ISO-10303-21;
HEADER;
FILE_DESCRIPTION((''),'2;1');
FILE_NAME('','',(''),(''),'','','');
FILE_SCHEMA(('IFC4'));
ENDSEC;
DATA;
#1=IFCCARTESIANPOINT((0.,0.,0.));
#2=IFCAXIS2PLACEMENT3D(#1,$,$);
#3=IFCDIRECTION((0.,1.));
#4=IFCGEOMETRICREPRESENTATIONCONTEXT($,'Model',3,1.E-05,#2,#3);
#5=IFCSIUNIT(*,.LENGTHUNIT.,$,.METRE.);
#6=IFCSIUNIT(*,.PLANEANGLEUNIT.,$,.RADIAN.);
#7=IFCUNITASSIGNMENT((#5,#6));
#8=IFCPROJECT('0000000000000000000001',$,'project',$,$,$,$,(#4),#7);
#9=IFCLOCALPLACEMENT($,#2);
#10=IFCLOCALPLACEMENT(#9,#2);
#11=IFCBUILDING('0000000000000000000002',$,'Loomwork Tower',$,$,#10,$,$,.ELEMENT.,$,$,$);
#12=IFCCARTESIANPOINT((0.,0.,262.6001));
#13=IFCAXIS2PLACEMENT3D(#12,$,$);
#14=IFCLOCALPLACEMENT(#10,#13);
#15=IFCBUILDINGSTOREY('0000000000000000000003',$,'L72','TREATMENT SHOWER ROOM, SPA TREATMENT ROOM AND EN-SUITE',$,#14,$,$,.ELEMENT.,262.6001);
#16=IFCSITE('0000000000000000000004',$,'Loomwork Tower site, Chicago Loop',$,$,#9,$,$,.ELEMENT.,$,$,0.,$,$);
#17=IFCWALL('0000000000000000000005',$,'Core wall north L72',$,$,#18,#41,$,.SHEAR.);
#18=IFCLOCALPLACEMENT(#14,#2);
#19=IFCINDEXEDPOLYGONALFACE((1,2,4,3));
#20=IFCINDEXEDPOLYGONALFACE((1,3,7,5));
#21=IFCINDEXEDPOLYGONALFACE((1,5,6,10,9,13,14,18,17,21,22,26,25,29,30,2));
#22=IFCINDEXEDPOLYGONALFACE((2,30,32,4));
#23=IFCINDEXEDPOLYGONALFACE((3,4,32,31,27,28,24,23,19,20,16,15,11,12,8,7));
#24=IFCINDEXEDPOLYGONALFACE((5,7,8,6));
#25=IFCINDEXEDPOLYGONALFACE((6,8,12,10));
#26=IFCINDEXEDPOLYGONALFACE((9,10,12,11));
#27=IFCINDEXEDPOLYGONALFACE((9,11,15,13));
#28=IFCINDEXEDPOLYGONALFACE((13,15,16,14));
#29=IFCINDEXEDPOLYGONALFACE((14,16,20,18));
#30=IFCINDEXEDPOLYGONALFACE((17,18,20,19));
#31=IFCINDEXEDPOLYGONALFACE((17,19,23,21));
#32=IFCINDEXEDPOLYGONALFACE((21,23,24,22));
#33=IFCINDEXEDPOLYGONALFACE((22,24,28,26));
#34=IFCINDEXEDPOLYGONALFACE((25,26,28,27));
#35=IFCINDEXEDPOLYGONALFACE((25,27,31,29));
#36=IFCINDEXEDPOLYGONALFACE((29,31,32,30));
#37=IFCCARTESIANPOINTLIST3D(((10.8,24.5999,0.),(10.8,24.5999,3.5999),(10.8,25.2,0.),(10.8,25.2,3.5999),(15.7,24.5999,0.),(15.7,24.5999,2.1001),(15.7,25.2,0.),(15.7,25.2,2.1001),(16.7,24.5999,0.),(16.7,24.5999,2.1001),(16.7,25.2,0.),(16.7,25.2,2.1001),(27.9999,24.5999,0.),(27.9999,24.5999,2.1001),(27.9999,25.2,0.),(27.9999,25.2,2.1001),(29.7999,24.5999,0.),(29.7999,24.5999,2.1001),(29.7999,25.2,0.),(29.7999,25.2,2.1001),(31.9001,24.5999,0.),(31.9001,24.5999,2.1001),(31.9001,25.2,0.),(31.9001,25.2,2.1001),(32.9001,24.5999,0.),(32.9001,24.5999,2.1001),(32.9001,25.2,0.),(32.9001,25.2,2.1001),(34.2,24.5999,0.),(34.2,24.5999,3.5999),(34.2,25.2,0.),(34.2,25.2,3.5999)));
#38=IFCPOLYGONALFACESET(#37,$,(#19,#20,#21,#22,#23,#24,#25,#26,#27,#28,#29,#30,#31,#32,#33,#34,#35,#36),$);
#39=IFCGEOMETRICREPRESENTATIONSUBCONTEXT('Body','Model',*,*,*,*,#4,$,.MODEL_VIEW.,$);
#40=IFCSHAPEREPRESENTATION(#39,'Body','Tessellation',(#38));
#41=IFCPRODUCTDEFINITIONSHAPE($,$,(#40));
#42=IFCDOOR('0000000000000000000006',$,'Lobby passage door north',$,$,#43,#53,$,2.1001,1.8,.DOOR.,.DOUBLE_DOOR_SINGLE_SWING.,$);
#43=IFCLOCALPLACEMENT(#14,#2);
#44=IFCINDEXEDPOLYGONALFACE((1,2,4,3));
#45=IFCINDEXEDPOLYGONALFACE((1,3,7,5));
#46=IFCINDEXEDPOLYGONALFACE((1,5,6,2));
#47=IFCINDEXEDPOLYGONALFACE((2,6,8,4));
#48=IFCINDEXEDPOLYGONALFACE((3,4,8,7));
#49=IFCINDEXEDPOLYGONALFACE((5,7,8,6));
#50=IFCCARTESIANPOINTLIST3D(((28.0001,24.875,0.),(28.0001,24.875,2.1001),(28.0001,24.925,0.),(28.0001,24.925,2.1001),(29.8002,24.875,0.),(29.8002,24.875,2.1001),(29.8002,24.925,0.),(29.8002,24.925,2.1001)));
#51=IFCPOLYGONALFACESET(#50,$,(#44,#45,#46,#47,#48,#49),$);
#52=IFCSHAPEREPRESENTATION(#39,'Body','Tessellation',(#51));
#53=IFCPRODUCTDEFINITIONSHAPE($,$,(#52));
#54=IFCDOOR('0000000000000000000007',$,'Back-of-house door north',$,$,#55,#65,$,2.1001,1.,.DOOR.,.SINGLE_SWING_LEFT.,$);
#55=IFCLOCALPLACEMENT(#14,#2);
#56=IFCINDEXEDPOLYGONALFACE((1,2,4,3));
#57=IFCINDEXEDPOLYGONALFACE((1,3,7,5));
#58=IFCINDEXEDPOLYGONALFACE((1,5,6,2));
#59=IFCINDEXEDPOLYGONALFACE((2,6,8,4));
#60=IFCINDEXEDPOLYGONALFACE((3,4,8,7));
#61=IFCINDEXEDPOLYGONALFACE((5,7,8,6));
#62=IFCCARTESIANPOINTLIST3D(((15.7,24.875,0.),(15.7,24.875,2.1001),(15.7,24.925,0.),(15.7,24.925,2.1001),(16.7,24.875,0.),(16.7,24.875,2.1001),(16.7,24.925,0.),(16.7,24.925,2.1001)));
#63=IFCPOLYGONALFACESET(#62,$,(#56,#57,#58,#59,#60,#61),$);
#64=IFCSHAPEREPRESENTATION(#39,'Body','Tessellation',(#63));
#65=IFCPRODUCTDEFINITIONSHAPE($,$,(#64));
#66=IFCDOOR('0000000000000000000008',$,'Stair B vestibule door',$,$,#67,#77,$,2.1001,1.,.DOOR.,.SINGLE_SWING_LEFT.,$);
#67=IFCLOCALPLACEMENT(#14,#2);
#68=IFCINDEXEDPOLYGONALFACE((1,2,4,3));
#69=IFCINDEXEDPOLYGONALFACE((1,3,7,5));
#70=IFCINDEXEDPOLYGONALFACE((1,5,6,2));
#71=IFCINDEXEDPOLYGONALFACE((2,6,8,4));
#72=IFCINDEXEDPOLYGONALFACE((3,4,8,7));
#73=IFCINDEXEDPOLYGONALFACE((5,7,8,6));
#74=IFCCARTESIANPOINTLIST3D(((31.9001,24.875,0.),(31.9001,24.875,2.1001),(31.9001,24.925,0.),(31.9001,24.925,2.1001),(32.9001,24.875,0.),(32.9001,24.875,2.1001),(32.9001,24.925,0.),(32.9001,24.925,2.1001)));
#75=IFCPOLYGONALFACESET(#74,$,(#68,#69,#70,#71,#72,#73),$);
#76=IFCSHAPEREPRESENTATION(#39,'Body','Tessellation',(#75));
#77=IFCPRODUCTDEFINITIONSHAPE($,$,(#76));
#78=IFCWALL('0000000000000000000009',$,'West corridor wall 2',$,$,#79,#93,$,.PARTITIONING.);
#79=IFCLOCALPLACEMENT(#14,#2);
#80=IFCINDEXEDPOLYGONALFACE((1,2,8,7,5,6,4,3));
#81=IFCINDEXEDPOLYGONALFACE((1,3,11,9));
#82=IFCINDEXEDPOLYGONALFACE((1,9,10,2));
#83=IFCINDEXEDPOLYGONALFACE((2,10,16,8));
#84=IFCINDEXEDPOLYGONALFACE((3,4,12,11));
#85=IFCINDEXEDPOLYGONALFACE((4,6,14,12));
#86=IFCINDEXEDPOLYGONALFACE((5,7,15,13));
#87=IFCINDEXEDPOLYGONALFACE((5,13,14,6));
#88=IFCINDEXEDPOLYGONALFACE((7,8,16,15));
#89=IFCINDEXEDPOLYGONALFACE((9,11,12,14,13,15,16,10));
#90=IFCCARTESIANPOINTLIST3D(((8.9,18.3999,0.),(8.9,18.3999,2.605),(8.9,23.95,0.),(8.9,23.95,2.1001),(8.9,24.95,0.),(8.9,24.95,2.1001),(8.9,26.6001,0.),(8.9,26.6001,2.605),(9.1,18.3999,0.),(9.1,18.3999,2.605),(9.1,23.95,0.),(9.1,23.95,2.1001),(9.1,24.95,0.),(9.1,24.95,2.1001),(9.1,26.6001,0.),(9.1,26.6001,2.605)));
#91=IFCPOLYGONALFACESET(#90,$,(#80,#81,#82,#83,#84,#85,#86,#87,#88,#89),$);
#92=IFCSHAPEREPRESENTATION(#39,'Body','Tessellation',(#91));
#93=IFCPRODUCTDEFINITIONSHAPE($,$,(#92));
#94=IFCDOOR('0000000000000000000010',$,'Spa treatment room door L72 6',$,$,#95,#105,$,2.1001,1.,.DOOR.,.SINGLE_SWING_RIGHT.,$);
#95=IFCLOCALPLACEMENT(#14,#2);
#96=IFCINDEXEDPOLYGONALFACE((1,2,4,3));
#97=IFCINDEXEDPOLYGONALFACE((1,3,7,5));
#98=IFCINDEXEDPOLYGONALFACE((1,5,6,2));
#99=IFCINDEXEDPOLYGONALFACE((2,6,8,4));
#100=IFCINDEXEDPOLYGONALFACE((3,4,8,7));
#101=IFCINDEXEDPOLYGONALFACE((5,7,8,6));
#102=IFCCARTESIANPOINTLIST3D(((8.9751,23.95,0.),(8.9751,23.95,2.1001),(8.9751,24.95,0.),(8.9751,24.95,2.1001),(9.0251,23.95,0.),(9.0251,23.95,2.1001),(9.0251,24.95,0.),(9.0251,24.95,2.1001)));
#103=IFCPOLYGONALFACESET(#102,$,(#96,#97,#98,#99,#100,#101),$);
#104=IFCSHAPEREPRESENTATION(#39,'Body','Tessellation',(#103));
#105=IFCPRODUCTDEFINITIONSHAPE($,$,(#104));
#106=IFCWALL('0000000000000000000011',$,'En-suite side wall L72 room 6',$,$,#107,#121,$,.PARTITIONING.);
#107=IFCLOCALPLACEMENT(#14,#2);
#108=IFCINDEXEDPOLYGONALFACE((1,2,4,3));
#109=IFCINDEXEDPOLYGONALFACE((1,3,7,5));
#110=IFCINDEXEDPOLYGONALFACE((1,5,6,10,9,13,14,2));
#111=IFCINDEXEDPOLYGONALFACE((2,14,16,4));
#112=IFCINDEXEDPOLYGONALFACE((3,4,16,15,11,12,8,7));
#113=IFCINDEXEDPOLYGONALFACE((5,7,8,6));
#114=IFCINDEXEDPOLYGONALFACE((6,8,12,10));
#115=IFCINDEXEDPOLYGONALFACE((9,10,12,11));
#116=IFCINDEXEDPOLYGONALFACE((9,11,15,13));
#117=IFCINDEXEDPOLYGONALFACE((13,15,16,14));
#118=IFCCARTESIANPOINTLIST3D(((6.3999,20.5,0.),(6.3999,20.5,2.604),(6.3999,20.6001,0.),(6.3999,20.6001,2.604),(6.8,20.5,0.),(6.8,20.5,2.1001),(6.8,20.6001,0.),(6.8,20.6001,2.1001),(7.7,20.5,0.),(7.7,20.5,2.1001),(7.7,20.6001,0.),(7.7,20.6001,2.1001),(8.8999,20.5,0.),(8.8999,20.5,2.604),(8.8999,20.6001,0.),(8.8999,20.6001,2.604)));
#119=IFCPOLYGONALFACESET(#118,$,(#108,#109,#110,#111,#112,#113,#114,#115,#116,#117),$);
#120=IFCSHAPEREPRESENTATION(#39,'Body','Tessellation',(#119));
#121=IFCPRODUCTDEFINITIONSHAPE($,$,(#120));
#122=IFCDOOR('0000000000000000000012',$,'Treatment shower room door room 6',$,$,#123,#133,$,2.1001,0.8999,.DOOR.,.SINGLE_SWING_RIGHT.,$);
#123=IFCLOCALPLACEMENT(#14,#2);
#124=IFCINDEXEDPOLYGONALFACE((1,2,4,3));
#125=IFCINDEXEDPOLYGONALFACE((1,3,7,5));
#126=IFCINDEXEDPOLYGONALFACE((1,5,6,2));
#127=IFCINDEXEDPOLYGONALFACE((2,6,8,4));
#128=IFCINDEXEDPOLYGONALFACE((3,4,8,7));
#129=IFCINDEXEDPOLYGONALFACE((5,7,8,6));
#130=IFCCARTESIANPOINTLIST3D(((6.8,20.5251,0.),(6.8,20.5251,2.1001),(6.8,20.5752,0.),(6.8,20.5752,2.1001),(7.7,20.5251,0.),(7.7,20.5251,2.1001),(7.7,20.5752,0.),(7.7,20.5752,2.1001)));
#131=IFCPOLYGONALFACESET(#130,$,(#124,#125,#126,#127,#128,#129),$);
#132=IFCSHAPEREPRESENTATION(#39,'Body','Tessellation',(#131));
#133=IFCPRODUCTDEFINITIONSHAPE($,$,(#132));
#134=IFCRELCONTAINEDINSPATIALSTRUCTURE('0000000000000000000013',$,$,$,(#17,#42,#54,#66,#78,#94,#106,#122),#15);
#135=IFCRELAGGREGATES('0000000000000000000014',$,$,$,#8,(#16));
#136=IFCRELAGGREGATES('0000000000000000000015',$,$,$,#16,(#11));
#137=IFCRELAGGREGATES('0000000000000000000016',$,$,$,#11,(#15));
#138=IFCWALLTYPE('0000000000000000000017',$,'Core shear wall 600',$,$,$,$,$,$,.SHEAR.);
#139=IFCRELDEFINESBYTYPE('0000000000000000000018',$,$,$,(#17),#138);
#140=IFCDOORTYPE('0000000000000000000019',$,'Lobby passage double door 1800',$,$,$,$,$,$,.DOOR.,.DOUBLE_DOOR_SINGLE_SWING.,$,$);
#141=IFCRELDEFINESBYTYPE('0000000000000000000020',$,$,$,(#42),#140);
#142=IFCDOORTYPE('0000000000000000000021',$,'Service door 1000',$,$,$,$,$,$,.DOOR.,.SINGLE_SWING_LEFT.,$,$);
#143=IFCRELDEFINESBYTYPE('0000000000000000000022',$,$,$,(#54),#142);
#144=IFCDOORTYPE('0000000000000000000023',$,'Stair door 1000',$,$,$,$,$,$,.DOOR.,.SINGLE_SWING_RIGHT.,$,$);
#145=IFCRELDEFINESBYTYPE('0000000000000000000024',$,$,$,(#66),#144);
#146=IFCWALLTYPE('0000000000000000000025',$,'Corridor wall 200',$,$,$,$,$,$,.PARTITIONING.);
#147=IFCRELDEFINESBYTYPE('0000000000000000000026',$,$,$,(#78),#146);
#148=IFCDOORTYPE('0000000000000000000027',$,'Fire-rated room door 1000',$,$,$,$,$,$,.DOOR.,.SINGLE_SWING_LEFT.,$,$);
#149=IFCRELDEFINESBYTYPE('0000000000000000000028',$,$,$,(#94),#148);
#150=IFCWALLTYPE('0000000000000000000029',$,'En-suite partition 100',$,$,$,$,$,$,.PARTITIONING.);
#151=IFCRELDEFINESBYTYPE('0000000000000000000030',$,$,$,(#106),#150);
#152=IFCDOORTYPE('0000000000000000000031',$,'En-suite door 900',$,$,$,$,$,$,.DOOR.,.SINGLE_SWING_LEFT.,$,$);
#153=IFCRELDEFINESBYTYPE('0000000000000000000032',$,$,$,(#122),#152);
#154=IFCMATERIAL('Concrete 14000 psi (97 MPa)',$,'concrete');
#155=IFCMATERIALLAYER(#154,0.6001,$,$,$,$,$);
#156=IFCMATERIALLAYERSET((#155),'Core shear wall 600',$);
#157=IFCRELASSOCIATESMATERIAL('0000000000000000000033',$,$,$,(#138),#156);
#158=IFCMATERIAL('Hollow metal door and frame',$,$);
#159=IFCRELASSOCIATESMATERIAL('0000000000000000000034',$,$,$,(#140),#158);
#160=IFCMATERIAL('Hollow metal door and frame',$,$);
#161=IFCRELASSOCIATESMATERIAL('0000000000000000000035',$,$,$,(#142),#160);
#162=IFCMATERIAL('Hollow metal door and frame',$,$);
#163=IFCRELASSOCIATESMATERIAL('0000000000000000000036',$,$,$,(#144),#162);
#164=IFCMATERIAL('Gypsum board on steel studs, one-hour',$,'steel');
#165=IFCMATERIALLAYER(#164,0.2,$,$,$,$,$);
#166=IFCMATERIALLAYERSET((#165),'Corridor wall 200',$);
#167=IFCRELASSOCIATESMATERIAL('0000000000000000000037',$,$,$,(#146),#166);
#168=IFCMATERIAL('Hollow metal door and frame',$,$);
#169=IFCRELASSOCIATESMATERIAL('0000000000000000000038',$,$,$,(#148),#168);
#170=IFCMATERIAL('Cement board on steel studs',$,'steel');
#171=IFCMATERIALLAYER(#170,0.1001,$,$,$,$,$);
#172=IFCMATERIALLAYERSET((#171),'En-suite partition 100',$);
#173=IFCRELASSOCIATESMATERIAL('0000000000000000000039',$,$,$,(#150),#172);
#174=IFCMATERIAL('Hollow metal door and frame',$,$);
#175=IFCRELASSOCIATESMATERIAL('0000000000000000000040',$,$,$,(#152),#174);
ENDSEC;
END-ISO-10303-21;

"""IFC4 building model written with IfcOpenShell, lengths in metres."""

from ifc_helpers import new_model, si_unit, direction, frame, frame_2d, origin, place, context, subcontext, project, spatial, rectangle, extrude, material, layer, layer_set, type_object, element, fill, save


model = new_model("IFC4")

# Units and contexts
model_context = context("Model", 3, precision=1e-05, world=origin(), true_north=direction((0.0, 1.0)))
body_context = subcontext(model_context, "Body", "Model", "MODEL_VIEW")
ifc_project = project(units=[si_unit("LENGTHUNIT", "METRE"), si_unit("PLANEANGLEUNIT", "RADIAN")], contexts=[model_context])

# Site, building, storey
site_placement = place(None, origin())
site = spatial("IfcSite", under=ifc_project, at=site_placement, Name="Loomwork Tower site, Chicago Loop", CompositionType="ELEMENT", RefElevation=0.0)
building_placement = place(site_placement, origin())
building = spatial("IfcBuilding", under=site, at=building_placement, Name="Loomwork Tower", CompositionType="ELEMENT")
storey_placement = place(building_placement, frame((0.0, 0.0, 262.6001)))
storey = spatial("IfcBuildingStorey", under=building, at=storey_placement, Name="L72", Description="TREATMENT SHOWER ROOM, SPA TREATMENT ROOM AND EN-SUITE", CompositionType="ELEMENT", Elevation=262.6001)

# Wall, openings, doors
ifc_material_1 = material(Name="Concrete 14000 psi (97 MPa)", Category="concrete")
ifc_layer_1 = layer(ifc_material_1, 0.6001)
ifc_layer_set_1 = layer_set([ifc_layer_1], Name="Core shear wall 600")
wall_type_1 = type_object("IfcWallType", Name="Core shear wall 600", PredefinedType="SHEAR", material=ifc_layer_set_1)
wall_1_placement = place(storey_placement, frame((10.8, 24.8999, 0.0), z_axis=(0.0, 0.0, 1.0), x_axis=(1.0, 0.0, 0.0)))
wall_1 = element("IfcWall", 1, at=wall_1_placement, inside=storey, type_object=wall_type_1, Name="Core wall north L72", PredefinedType="SHEAR", context=body_context, shape_type="SweptSolid", body=[
    extrude(rectangle(XDim=23.3999, YDim=0.6001, at=frame_2d((11.7, 0.0))), origin(), (0.0, 0.0, 1.0), 3.5999),
])
opening_1_placement = place(wall_1_placement, frame((17.2, 0.0, 0.0)))
opening_1 = element("IfcOpeningElement", 2, at=opening_1_placement, cuts=wall_1, PredefinedType="OPENING", context=body_context, shape_type="SweptSolid", body=[
    extrude(rectangle(XDim=1.8, YDim=2.1001, at=frame_2d((0.8999, 1.05))), frame((0.0, 0.3101, 0.0), z_axis=(0.0, -1.0, 0.0), x_axis=(1.0, 0.0, 0.0)), (0.0, 0.0, 1.0), 0.6201),
])
opening_2_placement = place(wall_1_placement, frame((21.1001, 0.0, 0.0)))
opening_2 = element("IfcOpeningElement", 3, at=opening_2_placement, cuts=wall_1, PredefinedType="OPENING", context=body_context, shape_type="SweptSolid", body=[
    extrude(rectangle(XDim=1.0, YDim=2.1001, at=frame_2d((0.5, 1.05))), frame((0.0, 0.3101, 0.0), z_axis=(0.0, -1.0, 0.0), x_axis=(1.0, 0.0, 0.0)), (0.0, 0.0, 1.0), 0.6201),
])
opening_3_placement = place(wall_1_placement, frame((4.8999, 0.0, 0.0)))
opening_3 = element("IfcOpeningElement", 4, at=opening_3_placement, cuts=wall_1, PredefinedType="OPENING", context=body_context, shape_type="SweptSolid", body=[
    extrude(rectangle(XDim=1.0, YDim=2.1001, at=frame_2d((0.5, 1.05))), frame((0.0, 0.3101, 0.0), z_axis=(0.0, -1.0, 0.0), x_axis=(1.0, 0.0, 0.0)), (0.0, 0.0, 1.0), 0.6201),
])
ifc_material_2 = material(Name="Hollow metal door and frame")
door_type_1 = type_object("IfcDoorType", Name="Lobby passage double door 1800", OperationType="DOUBLE_DOOR_SINGLE_SWING", PredefinedType="DOOR", material=ifc_material_2)
door_1_placement = place(opening_1_placement, frame((1.8, 0.0, 0.0), z_axis=(0.0, 0.0, 1.0), x_axis=(-1.0, 0.0, 0.0)))
door_1 = element("IfcDoor", 5, at=door_1_placement, inside=storey, type_object=door_type_1, Name="Lobby passage door north", OperationType="DOUBLE_DOOR_SINGLE_SWING", OverallHeight=2.1001, OverallWidth=1.8, PredefinedType="DOOR", context=body_context, shape_type="SweptSolid", body=[
    extrude(rectangle(XDim=1.8, YDim=2.1001, at=frame_2d((0.8999, 1.05))), frame((0.0, 0.0249, 0.0), z_axis=(0.0, -1.0, 0.0), x_axis=(1.0, 0.0, 0.0)), (0.0, 0.0, 1.0), 0.05),
])
fill(opening_1, door_1)
ifc_material_3 = material(Name="Hollow metal door and frame")
door_type_2 = type_object("IfcDoorType", Name="Service door 1000", OperationType="SINGLE_SWING_LEFT", PredefinedType="DOOR", material=ifc_material_3)
door_2_placement = place(opening_3_placement, frame((1.0, 0.0, 0.0), z_axis=(0.0, 0.0, 1.0), x_axis=(-1.0, 0.0, 0.0)))
door_2 = element("IfcDoor", 6, at=door_2_placement, inside=storey, type_object=door_type_2, Name="Back-of-house door north", OperationType="SINGLE_SWING_LEFT", OverallHeight=2.1001, OverallWidth=1.0, PredefinedType="DOOR", context=body_context, shape_type="SweptSolid", body=[
    extrude(rectangle(XDim=1.0, YDim=2.1001, at=frame_2d((0.5, 1.05))), frame((0.0, 0.0249, 0.0), z_axis=(0.0, -1.0, 0.0), x_axis=(1.0, 0.0, 0.0)), (0.0, 0.0, 1.0), 0.05),
])
fill(opening_3, door_2)
ifc_material_4 = material(Name="Hollow metal door and frame")
door_type_3 = type_object("IfcDoorType", Name="Stair door 1000", OperationType="SINGLE_SWING_RIGHT", PredefinedType="DOOR", material=ifc_material_4)
door_3_placement = place(opening_2_placement, frame((1.0, 0.0, 0.0), z_axis=(0.0, 0.0, 1.0), x_axis=(-1.0, 0.0, 0.0)))
door_3 = element("IfcDoor", 7, at=door_3_placement, inside=storey, type_object=door_type_3, Name="Stair B vestibule door", OperationType="SINGLE_SWING_LEFT", OverallHeight=2.1001, OverallWidth=1.0, PredefinedType="DOOR", context=body_context, shape_type="SweptSolid", body=[
    extrude(rectangle(XDim=1.0, YDim=2.1001, at=frame_2d((0.5, 1.05))), frame((0.0, 0.0249, 0.0), z_axis=(0.0, -1.0, 0.0), x_axis=(1.0, 0.0, 0.0)), (0.0, 0.0, 1.0), 0.05),
])
fill(opening_2, door_3)

# Walls, openings, doors
ifc_material_5 = material(Name="Gypsum board on steel studs, one-hour", Category="steel")
ifc_layer_2 = layer(ifc_material_5, 0.2)
ifc_layer_set_2 = layer_set([ifc_layer_2], Name="Corridor wall 200")
wall_type_2 = type_object("IfcWallType", Name="Corridor wall 200", PredefinedType="PARTITIONING", material=ifc_layer_set_2)
wall_2_placement = place(storey_placement, frame((9.0, 18.3999, 0.0), z_axis=(0.0, 0.0, 1.0), x_axis=(0.0, 1.0, 0.0)))
wall_2 = element("IfcWall", 8, at=wall_2_placement, inside=storey, type_object=wall_type_2, Name="West corridor wall 2", PredefinedType="PARTITIONING", context=body_context, shape_type="SweptSolid", body=[
    extrude(rectangle(XDim=8.2002, YDim=0.2, at=frame_2d((4.1001, 0.0))), origin(), (0.0, 0.0, 1.0), 2.605),
])
opening_4_placement = place(wall_2_placement, frame((5.55, 0.0, 0.0)))
opening_4 = element("IfcOpeningElement", 9, at=opening_4_placement, cuts=wall_2, PredefinedType="OPENING", context=body_context, shape_type="SweptSolid", body=[
    extrude(rectangle(XDim=1.0, YDim=2.1001, at=frame_2d((0.5, 1.05))), frame((0.0, 0.1099, 0.0), z_axis=(0.0, -1.0, 0.0), x_axis=(1.0, 0.0, 0.0)), (0.0, 0.0, 1.0), 0.22),
])
ifc_material_6 = material(Name="Hollow metal door and frame")
door_type_4 = type_object("IfcDoorType", Name="Fire-rated room door 1000", OperationType="SINGLE_SWING_LEFT", PredefinedType="DOOR", material=ifc_material_6)
door_4_placement = place(opening_4_placement, origin())
door_4 = element("IfcDoor", 10, at=door_4_placement, inside=storey, type_object=door_type_4, Name="Spa treatment room door L72 6", OperationType="SINGLE_SWING_RIGHT", OverallHeight=2.1001, OverallWidth=1.0, PredefinedType="DOOR", context=body_context, shape_type="SweptSolid", body=[
    extrude(rectangle(XDim=1.0, YDim=2.1001, at=frame_2d((0.5, 1.05))), frame((0.0, 0.0249, 0.0), z_axis=(0.0, -1.0, 0.0), x_axis=(1.0, 0.0, 0.0)), (0.0, 0.0, 1.0), 0.05),
])
fill(opening_4, door_4)
ifc_material_7 = material(Name="Cement board on steel studs", Category="steel")
ifc_layer_3 = layer(ifc_material_7, 0.1001)
ifc_layer_set_3 = layer_set([ifc_layer_3], Name="En-suite partition 100")
wall_type_3 = type_object("IfcWallType", Name="En-suite partition 100", PredefinedType="PARTITIONING", material=ifc_layer_set_3)
wall_3_placement = place(storey_placement, frame((8.8999, 20.55, 0.0), z_axis=(0.0, 0.0, 1.0), x_axis=(-1.0, 0.0, 0.0)))
wall_3 = element("IfcWall", 11, at=wall_3_placement, inside=storey, type_object=wall_type_3, Name="En-suite side wall L72 room 6", PredefinedType="PARTITIONING", context=body_context, shape_type="SweptSolid", body=[
    extrude(rectangle(XDim=2.5, YDim=0.1001, at=frame_2d((1.25, 0.0))), origin(), (0.0, 0.0, 1.0), 2.604),
])
opening_5_placement = place(wall_3_placement, frame((1.2, 0.0, 0.0)))
opening_5 = element("IfcOpeningElement", 12, at=opening_5_placement, cuts=wall_3, PredefinedType="OPENING", context=body_context, shape_type="SweptSolid", body=[
    extrude(rectangle(XDim=0.8999, YDim=2.1001, at=frame_2d((0.45, 1.05))), frame((0.0, 0.0601, 0.0), z_axis=(0.0, -1.0, 0.0), x_axis=(1.0, 0.0, 0.0)), (0.0, 0.0, 1.0), 0.1201),
])
ifc_material_8 = material(Name="Hollow metal door and frame")
door_type_5 = type_object("IfcDoorType", Name="En-suite door 900", OperationType="SINGLE_SWING_LEFT", PredefinedType="DOOR", material=ifc_material_8)
door_5_placement = place(opening_5_placement, origin())
door_5 = element("IfcDoor", 13, at=door_5_placement, inside=storey, type_object=door_type_5, Name="Treatment shower room door room 6", OperationType="SINGLE_SWING_RIGHT", OverallHeight=2.1001, OverallWidth=0.8999, PredefinedType="DOOR", context=body_context, shape_type="SweptSolid", body=[
    extrude(rectangle(XDim=0.8999, YDim=2.1001, at=frame_2d((0.45, 1.05))), frame((0.0, 0.0249, 0.0), z_axis=(0.0, -1.0, 0.0), x_axis=(1.0, 0.0, 0.0)), (0.0, 0.0, 1.0), 0.05),
])
fill(opening_5, door_5)

save(model, "model.ifc")
